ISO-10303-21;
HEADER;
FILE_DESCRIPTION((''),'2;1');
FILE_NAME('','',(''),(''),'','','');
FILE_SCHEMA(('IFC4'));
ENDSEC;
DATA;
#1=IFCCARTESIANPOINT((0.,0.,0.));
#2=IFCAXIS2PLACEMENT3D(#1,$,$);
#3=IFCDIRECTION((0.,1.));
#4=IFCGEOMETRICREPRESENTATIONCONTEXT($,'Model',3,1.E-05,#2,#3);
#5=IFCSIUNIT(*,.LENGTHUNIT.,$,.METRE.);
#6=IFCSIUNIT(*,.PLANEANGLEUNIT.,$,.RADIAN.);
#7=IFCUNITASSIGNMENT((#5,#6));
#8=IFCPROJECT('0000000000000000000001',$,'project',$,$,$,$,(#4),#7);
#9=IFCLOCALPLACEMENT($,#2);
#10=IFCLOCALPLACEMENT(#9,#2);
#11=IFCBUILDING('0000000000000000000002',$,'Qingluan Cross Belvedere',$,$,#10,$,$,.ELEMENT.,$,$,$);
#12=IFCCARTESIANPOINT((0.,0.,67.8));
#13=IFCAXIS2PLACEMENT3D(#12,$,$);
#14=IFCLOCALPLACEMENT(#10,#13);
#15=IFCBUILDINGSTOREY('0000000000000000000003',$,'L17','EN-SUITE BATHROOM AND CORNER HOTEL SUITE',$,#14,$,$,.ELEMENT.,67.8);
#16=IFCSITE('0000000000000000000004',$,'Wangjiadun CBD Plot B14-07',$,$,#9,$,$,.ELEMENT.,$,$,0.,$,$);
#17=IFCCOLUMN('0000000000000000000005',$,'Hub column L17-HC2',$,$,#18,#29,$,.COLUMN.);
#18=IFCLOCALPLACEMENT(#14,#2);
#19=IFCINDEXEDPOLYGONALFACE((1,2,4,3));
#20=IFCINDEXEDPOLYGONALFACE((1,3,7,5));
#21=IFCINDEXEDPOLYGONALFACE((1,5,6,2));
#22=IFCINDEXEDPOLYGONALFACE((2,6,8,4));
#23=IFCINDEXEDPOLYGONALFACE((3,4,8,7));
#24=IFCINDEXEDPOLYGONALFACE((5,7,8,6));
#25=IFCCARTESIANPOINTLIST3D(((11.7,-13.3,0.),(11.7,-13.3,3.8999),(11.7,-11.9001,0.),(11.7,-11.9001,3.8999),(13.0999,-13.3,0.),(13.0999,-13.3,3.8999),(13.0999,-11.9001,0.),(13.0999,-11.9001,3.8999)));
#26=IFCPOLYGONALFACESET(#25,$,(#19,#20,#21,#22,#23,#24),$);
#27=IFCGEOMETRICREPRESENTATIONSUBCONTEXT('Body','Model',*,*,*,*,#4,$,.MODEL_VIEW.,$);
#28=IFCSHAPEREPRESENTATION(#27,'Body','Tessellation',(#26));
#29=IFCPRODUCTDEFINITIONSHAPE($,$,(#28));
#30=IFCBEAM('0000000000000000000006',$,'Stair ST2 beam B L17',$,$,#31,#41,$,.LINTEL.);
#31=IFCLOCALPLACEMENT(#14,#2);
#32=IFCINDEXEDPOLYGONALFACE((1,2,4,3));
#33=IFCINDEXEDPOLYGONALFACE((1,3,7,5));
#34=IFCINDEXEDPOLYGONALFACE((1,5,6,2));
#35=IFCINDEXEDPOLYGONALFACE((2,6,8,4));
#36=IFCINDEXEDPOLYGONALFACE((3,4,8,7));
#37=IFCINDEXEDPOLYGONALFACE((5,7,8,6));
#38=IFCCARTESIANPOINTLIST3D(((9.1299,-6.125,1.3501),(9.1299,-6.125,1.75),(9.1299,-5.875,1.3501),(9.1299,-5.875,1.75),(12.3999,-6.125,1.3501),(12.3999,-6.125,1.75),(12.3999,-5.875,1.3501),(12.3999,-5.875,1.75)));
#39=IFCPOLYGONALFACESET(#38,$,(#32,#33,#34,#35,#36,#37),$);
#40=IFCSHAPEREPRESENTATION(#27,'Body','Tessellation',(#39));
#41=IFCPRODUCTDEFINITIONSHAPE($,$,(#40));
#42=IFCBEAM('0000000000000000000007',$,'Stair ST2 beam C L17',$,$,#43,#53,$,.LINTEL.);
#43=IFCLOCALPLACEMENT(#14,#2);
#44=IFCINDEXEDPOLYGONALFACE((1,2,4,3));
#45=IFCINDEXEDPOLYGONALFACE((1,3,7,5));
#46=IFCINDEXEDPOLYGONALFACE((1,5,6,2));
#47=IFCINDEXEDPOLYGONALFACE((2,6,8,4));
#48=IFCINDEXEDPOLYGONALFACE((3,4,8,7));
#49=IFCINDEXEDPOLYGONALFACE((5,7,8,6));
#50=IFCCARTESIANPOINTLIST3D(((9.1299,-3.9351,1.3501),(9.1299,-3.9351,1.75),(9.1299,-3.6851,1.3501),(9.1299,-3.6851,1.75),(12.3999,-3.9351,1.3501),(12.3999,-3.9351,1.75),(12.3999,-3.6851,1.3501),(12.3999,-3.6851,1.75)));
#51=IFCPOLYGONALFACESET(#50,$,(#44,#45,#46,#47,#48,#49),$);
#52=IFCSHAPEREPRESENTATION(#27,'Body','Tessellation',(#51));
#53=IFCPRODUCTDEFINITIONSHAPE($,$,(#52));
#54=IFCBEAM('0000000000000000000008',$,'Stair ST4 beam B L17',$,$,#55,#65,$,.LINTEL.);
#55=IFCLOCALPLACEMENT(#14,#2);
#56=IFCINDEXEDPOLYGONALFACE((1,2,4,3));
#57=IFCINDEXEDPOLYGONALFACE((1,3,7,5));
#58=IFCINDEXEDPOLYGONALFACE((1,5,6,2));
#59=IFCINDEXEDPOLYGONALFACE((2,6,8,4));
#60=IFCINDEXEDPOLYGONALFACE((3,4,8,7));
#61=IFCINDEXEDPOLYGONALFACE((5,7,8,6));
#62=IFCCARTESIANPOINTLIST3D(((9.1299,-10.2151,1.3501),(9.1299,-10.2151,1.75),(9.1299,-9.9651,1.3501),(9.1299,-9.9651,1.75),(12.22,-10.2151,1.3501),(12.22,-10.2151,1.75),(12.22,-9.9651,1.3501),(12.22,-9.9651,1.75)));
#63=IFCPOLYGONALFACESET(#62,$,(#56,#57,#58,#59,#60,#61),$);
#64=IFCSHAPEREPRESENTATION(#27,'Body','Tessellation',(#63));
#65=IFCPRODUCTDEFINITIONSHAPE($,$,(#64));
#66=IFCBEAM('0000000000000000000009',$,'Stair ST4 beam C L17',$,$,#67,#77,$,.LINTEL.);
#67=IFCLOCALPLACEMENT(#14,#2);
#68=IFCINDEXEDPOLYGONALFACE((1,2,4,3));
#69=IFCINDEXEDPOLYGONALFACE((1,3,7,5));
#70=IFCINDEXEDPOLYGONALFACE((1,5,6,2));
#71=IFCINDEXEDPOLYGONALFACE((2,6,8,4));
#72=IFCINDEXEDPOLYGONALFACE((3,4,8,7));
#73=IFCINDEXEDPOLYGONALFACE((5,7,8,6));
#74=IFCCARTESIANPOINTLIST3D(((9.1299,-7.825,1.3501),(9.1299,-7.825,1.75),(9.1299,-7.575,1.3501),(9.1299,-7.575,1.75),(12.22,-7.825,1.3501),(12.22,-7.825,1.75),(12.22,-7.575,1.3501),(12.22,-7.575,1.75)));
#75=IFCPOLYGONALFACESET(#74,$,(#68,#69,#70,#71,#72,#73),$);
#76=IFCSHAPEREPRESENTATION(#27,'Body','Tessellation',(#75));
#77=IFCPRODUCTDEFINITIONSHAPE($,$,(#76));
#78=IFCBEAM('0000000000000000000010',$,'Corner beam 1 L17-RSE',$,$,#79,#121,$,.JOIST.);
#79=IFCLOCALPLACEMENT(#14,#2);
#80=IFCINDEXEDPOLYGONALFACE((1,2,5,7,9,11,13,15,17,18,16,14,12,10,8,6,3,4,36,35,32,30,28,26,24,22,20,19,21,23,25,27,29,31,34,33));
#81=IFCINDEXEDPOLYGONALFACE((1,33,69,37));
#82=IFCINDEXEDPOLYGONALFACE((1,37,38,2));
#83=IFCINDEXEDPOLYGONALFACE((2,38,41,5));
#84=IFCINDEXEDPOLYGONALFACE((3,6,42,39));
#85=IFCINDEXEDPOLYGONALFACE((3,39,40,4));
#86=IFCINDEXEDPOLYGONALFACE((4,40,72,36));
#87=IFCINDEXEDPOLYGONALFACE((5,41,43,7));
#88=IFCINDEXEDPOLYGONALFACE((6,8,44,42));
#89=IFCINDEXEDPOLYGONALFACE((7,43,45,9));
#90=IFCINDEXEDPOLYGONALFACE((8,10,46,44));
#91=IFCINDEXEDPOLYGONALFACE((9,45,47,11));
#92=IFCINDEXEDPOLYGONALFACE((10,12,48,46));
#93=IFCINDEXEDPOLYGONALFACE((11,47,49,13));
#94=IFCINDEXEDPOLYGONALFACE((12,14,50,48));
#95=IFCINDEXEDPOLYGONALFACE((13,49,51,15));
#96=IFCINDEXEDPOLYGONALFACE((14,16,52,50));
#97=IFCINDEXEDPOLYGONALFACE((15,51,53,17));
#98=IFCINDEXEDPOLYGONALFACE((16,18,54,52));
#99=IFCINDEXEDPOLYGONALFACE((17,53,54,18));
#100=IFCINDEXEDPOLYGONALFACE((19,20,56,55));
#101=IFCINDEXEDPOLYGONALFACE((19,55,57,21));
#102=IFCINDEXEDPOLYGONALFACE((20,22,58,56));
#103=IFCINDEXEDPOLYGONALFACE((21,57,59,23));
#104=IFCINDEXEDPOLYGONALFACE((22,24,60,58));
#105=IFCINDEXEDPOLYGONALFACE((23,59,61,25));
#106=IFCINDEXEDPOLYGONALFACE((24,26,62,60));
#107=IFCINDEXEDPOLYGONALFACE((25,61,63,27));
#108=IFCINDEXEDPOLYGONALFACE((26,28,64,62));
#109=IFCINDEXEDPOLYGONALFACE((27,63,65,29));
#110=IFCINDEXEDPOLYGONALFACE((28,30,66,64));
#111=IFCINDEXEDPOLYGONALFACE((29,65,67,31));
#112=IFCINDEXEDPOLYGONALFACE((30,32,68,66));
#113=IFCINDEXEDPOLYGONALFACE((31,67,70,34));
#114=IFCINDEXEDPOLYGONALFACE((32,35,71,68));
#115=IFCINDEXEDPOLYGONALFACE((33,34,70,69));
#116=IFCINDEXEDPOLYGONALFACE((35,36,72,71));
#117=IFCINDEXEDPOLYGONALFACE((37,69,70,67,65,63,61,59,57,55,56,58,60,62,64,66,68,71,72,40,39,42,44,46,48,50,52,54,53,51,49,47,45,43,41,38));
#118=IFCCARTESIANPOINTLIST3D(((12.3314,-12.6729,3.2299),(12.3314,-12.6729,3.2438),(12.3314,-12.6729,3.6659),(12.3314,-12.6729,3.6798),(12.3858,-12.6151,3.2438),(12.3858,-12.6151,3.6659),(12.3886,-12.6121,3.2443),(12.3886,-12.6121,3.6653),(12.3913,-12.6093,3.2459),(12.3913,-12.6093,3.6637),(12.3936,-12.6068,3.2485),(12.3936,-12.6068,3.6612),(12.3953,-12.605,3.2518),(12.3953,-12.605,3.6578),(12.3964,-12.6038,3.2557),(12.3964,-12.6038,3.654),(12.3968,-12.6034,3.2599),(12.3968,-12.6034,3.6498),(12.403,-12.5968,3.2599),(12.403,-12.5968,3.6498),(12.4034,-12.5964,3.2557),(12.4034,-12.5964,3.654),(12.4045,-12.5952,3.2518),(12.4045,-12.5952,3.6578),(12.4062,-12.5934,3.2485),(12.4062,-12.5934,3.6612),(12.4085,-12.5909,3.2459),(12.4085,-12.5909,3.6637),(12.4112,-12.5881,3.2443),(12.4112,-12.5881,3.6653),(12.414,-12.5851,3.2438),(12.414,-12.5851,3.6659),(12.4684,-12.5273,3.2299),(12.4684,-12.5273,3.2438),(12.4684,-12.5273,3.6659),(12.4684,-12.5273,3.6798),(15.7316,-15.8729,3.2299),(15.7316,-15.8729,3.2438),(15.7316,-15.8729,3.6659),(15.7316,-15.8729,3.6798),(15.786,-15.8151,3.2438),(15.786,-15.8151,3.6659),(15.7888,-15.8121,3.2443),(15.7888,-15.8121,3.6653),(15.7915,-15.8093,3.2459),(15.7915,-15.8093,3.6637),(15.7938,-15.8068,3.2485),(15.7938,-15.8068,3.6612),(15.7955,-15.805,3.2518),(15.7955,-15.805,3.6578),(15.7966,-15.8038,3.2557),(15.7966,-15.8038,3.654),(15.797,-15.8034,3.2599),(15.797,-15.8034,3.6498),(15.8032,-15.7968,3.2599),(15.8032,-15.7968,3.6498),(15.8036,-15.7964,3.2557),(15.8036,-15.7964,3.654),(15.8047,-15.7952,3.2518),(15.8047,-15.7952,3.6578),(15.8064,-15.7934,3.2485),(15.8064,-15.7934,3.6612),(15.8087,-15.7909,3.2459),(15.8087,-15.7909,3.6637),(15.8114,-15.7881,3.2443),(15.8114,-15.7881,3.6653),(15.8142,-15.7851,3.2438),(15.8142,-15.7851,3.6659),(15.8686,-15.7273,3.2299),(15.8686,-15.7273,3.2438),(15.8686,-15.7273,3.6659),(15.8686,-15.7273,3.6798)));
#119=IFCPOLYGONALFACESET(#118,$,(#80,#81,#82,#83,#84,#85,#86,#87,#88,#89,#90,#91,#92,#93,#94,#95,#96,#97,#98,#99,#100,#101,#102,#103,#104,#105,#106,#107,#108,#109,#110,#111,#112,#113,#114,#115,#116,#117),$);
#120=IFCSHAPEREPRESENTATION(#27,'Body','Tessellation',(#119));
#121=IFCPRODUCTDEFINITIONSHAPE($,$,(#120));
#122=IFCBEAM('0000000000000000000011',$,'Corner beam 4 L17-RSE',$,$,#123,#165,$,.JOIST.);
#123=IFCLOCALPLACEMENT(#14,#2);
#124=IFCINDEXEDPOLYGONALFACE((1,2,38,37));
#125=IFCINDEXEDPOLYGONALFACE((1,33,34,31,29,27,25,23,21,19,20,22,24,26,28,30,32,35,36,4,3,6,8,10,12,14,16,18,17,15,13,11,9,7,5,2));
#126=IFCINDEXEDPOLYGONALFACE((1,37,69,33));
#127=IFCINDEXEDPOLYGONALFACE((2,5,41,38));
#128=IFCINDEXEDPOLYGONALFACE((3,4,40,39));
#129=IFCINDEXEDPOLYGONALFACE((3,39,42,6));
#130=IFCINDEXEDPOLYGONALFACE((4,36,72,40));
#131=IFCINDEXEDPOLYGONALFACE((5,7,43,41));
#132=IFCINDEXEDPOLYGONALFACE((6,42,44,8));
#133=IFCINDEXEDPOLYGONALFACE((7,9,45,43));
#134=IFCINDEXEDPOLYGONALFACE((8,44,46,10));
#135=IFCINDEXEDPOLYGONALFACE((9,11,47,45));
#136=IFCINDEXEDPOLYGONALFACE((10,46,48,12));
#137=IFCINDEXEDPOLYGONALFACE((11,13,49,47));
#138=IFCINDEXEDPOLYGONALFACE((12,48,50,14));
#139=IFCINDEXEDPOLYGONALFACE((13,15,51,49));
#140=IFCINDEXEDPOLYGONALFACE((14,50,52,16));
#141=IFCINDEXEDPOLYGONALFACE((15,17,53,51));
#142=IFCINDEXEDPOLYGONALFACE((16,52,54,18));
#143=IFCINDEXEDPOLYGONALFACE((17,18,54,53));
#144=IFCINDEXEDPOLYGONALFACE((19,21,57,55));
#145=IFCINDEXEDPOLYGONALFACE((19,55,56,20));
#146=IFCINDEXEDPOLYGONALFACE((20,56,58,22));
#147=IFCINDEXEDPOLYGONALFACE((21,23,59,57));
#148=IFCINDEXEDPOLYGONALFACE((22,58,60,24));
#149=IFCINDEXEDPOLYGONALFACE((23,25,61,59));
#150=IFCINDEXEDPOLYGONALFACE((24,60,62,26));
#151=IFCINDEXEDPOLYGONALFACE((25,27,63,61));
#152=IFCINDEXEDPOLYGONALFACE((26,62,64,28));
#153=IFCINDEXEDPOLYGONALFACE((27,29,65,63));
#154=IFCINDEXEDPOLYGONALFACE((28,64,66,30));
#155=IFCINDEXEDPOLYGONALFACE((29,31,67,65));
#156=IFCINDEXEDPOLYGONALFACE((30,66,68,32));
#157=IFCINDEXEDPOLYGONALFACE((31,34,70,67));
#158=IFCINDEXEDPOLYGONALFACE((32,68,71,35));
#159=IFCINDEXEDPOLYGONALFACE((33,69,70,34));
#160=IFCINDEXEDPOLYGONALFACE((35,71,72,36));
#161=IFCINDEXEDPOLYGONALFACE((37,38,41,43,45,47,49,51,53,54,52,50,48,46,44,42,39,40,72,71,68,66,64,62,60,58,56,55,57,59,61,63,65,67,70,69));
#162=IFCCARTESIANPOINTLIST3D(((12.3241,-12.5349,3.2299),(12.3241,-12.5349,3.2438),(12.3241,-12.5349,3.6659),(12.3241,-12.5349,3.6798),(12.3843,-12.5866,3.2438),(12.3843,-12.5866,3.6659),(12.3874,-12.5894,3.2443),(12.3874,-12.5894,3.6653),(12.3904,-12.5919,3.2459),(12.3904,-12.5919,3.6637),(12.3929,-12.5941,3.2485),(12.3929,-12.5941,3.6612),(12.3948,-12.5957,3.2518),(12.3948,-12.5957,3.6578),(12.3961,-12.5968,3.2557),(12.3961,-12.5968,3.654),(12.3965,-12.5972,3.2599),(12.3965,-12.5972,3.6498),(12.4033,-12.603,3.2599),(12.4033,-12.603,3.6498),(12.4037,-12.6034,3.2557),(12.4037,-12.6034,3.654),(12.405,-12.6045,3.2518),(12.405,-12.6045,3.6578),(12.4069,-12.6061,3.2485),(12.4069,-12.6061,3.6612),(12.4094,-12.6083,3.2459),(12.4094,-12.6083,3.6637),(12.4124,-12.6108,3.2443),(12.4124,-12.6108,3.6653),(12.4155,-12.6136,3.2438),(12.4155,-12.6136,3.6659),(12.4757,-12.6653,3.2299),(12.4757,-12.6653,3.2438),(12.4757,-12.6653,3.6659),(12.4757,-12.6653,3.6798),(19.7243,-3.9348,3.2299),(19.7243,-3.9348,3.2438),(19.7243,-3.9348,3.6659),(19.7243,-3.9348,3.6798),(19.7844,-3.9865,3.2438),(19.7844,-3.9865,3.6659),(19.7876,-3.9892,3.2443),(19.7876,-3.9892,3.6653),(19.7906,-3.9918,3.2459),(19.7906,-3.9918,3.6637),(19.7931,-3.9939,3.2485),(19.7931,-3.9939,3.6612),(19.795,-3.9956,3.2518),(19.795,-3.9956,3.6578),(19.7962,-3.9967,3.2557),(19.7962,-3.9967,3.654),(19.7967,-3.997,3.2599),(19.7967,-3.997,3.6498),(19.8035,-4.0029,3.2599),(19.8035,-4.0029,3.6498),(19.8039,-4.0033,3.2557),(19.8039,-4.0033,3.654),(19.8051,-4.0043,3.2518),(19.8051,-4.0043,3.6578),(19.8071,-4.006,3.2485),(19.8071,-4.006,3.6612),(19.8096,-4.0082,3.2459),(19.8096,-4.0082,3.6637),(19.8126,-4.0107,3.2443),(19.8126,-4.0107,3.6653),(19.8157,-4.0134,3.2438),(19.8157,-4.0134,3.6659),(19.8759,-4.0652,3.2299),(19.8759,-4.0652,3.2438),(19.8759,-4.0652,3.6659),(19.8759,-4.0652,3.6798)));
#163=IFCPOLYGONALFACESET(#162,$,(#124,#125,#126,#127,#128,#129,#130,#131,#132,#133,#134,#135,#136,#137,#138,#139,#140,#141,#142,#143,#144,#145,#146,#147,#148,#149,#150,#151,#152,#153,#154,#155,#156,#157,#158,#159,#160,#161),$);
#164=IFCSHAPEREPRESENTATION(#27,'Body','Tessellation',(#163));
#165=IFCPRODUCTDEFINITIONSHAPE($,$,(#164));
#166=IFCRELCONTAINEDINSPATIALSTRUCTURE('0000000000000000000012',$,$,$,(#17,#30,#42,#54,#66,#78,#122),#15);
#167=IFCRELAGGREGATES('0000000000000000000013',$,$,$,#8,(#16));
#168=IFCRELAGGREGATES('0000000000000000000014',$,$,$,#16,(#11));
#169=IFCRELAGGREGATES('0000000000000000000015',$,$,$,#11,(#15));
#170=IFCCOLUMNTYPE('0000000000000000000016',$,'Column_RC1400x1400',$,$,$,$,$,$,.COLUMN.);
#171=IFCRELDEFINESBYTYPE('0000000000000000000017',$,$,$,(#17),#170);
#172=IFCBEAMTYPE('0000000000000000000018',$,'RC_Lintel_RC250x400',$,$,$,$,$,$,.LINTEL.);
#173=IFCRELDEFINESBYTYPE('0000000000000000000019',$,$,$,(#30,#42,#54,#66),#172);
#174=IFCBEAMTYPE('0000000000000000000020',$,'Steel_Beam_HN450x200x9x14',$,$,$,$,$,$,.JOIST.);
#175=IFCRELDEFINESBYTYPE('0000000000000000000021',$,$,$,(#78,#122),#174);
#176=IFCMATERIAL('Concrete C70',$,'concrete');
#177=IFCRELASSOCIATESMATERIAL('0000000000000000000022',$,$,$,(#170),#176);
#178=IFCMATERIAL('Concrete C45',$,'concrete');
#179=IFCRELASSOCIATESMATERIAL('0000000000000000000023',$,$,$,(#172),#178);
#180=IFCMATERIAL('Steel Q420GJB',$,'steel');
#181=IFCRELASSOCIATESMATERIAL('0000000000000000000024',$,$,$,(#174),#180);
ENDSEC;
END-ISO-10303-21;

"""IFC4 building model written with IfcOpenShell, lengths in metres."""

from ifc_helpers import new_model, si_unit, direction, frame, origin, origin_2d, place, context, subcontext, project, spatial, rectangle, i_section, extrude, material, material_profile, profile_set, type_object, element, save


model = new_model("IFC4")

# Units and contexts
model_context = context("Model", 3, precision=1e-05, world=origin(), true_north=direction((0.0, 1.0)))
body_context = subcontext(model_context, "Body", "Model", "MODEL_VIEW")
ifc_project = project(units=[si_unit("LENGTHUNIT", "METRE"), si_unit("PLANEANGLEUNIT", "RADIAN")], contexts=[model_context])

# Site, building, storey
site_placement = place(None, origin())
site = spatial("IfcSite", under=ifc_project, at=site_placement, Name="Wangjiadun CBD Plot B14-07", CompositionType="ELEMENT", RefElevation=0.0)
building_placement = place(site_placement, origin())
building = spatial("IfcBuilding", under=site, at=building_placement, Name="Qingluan Cross Belvedere", CompositionType="ELEMENT")
storey_placement = place(building_placement, frame((0.0, 0.0, 67.8)))
storey = spatial("IfcBuildingStorey", under=building, at=storey_placement, Name="L17", Description="EN-SUITE BATHROOM AND CORNER HOTEL SUITE", CompositionType="ELEMENT", Elevation=67.8)

# Column
ifc_material_1 = material(Name="Concrete C70", Category="concrete")
ifc_material_profile_1 = material_profile(ifc_material_1, rectangle(XDim=1.3999, YDim=1.3999, at=origin_2d()), Name="RC1400x1400")
ifc_profile_set_1 = profile_set([ifc_material_profile_1], Name="Concrete C70")
column_type = type_object("IfcColumnType", Name="Column_RC1400x1400", PredefinedType="COLUMN", material=ifc_profile_set_1)
column_placement = place(storey_placement, frame((12.3999, -12.6001, 0.0), z_axis=(0.0, 0.0, 1.0), x_axis=(1.0, 0.0, 0.0)))
element("IfcColumn", 1, at=column_placement, inside=storey, type_object=column_type, Name="Hub column L17-HC2", PredefinedType="COLUMN", context=body_context, shape_type="SweptSolid", body=[
    extrude(rectangle(XDim=1.3999, YDim=1.3999, at=origin_2d()), origin(), (0.0, 0.0, 1.0), 3.8999),
])

# Beams
ifc_material_2 = material(Name="Concrete C45", Category="concrete")
ifc_material_profile_2 = material_profile(ifc_material_2, rectangle(XDim=0.25, YDim=0.3999, at=origin_2d()), Name="RC250x400")
ifc_profile_set_2 = profile_set([ifc_material_profile_2], Name="Concrete C45")
beam_type_1 = type_object("IfcBeamType", Name="RC_Lintel_RC250x400", PredefinedType="LINTEL", material=ifc_profile_set_2)
for number, where, z_axis, x_axis, name in (
    (2, (12.3999, -6.0, 1.55), (-1.0, 0.0, 0.0), (0.0, -1.0, 0.0), "Stair ST2 beam B L17"),
    (3, (12.3999, -3.8101, 1.55), (-1.0, 0.0, 0.0), (0.0, -1.0, 0.0), "Stair ST2 beam C L17"),
):
    element("IfcBeam", number, at=place(storey_placement, frame(where, z_axis=z_axis, x_axis=x_axis)), inside=storey, type_object=beam_type_1, Name=name, PredefinedType="LINTEL", context=body_context, shape_type="SweptSolid", body=[
        extrude(rectangle(XDim=0.25, YDim=0.3999, at=origin_2d()), origin(), (0.0, 0.0, 1.0), 3.27),
    ])
for number, where, z_axis, x_axis, name in (
    (4, (12.22, -10.0901, 1.55), (-1.0, 0.0, 0.0), (0.0, -1.0, 0.0), "Stair ST4 beam B L17"),
    (5, (12.22, -7.7, 1.55), (-1.0, 0.0, 0.0), (0.0, -1.0, 0.0), "Stair ST4 beam C L17"),
):
    element("IfcBeam", number, at=place(storey_placement, frame(where, z_axis=z_axis, x_axis=x_axis)), inside=storey, type_object=beam_type_1, Name=name, PredefinedType="LINTEL", context=body_context, shape_type="SweptSolid", body=[
        extrude(rectangle(XDim=0.25, YDim=0.3999, at=origin_2d()), origin(), (0.0, 0.0, 1.0), 3.0901),
    ])
ifc_material_3 = material(Name="Steel Q420GJB", Category="steel")
ifc_material_profile_3 = material_profile(ifc_material_3, i_section(OverallWidth=0.2, OverallDepth=0.45, WebThickness=0.009, FlangeThickness=0.0139, FilletRadius=0.0161, at=origin_2d()), Name="HN450x200x9x14")
ifc_profile_set_3 = profile_set([ifc_material_profile_3], Name="Steel Q420GJB")
beam_type_2 = type_object("IfcBeamType", Name="Steel_Beam_HN450x200x9x14", PredefinedType="JOIST", material=ifc_profile_set_3)
beam_1_placement = place(storey_placement, frame((12.3999, -12.6001, 3.4548), z_axis=(0.72822, -0.685343, 0.0), x_axis=(0.685343, 0.72822, 0.0)))
element("IfcBeam", 6, at=beam_1_placement, inside=storey, type_object=beam_type_2, Name="Corner beam 1 L17-RSE", PredefinedType="JOIST", context=body_context, shape_type="SweptSolid", body=[
    extrude(i_section(OverallWidth=0.2, OverallDepth=0.45, WebThickness=0.009, FlangeThickness=0.0139, FilletRadius=0.0161, at=origin_2d()), origin(), (0.0, 0.0, 1.0), 4.6692),
])
beam_2_placement = place(storey_placement, frame((12.3999, -12.6001, 3.4548), z_axis=(0.652245, 0.758008, 0.0), x_axis=(-0.758008, 0.652245, 0.0)))
element("IfcBeam", 7, at=beam_2_placement, inside=storey, type_object=beam_type_2, Name="Corner beam 4 L17-RSE", PredefinedType="JOIST", context=body_context, shape_type="SweptSolid", body=[
    extrude(i_section(OverallWidth=0.2, OverallDepth=0.45, WebThickness=0.009, FlangeThickness=0.0139, FilletRadius=0.0161, at=origin_2d()), origin(), (0.0, 0.0, 1.0), 11.3457),
])

save(model, "model.ifc")
